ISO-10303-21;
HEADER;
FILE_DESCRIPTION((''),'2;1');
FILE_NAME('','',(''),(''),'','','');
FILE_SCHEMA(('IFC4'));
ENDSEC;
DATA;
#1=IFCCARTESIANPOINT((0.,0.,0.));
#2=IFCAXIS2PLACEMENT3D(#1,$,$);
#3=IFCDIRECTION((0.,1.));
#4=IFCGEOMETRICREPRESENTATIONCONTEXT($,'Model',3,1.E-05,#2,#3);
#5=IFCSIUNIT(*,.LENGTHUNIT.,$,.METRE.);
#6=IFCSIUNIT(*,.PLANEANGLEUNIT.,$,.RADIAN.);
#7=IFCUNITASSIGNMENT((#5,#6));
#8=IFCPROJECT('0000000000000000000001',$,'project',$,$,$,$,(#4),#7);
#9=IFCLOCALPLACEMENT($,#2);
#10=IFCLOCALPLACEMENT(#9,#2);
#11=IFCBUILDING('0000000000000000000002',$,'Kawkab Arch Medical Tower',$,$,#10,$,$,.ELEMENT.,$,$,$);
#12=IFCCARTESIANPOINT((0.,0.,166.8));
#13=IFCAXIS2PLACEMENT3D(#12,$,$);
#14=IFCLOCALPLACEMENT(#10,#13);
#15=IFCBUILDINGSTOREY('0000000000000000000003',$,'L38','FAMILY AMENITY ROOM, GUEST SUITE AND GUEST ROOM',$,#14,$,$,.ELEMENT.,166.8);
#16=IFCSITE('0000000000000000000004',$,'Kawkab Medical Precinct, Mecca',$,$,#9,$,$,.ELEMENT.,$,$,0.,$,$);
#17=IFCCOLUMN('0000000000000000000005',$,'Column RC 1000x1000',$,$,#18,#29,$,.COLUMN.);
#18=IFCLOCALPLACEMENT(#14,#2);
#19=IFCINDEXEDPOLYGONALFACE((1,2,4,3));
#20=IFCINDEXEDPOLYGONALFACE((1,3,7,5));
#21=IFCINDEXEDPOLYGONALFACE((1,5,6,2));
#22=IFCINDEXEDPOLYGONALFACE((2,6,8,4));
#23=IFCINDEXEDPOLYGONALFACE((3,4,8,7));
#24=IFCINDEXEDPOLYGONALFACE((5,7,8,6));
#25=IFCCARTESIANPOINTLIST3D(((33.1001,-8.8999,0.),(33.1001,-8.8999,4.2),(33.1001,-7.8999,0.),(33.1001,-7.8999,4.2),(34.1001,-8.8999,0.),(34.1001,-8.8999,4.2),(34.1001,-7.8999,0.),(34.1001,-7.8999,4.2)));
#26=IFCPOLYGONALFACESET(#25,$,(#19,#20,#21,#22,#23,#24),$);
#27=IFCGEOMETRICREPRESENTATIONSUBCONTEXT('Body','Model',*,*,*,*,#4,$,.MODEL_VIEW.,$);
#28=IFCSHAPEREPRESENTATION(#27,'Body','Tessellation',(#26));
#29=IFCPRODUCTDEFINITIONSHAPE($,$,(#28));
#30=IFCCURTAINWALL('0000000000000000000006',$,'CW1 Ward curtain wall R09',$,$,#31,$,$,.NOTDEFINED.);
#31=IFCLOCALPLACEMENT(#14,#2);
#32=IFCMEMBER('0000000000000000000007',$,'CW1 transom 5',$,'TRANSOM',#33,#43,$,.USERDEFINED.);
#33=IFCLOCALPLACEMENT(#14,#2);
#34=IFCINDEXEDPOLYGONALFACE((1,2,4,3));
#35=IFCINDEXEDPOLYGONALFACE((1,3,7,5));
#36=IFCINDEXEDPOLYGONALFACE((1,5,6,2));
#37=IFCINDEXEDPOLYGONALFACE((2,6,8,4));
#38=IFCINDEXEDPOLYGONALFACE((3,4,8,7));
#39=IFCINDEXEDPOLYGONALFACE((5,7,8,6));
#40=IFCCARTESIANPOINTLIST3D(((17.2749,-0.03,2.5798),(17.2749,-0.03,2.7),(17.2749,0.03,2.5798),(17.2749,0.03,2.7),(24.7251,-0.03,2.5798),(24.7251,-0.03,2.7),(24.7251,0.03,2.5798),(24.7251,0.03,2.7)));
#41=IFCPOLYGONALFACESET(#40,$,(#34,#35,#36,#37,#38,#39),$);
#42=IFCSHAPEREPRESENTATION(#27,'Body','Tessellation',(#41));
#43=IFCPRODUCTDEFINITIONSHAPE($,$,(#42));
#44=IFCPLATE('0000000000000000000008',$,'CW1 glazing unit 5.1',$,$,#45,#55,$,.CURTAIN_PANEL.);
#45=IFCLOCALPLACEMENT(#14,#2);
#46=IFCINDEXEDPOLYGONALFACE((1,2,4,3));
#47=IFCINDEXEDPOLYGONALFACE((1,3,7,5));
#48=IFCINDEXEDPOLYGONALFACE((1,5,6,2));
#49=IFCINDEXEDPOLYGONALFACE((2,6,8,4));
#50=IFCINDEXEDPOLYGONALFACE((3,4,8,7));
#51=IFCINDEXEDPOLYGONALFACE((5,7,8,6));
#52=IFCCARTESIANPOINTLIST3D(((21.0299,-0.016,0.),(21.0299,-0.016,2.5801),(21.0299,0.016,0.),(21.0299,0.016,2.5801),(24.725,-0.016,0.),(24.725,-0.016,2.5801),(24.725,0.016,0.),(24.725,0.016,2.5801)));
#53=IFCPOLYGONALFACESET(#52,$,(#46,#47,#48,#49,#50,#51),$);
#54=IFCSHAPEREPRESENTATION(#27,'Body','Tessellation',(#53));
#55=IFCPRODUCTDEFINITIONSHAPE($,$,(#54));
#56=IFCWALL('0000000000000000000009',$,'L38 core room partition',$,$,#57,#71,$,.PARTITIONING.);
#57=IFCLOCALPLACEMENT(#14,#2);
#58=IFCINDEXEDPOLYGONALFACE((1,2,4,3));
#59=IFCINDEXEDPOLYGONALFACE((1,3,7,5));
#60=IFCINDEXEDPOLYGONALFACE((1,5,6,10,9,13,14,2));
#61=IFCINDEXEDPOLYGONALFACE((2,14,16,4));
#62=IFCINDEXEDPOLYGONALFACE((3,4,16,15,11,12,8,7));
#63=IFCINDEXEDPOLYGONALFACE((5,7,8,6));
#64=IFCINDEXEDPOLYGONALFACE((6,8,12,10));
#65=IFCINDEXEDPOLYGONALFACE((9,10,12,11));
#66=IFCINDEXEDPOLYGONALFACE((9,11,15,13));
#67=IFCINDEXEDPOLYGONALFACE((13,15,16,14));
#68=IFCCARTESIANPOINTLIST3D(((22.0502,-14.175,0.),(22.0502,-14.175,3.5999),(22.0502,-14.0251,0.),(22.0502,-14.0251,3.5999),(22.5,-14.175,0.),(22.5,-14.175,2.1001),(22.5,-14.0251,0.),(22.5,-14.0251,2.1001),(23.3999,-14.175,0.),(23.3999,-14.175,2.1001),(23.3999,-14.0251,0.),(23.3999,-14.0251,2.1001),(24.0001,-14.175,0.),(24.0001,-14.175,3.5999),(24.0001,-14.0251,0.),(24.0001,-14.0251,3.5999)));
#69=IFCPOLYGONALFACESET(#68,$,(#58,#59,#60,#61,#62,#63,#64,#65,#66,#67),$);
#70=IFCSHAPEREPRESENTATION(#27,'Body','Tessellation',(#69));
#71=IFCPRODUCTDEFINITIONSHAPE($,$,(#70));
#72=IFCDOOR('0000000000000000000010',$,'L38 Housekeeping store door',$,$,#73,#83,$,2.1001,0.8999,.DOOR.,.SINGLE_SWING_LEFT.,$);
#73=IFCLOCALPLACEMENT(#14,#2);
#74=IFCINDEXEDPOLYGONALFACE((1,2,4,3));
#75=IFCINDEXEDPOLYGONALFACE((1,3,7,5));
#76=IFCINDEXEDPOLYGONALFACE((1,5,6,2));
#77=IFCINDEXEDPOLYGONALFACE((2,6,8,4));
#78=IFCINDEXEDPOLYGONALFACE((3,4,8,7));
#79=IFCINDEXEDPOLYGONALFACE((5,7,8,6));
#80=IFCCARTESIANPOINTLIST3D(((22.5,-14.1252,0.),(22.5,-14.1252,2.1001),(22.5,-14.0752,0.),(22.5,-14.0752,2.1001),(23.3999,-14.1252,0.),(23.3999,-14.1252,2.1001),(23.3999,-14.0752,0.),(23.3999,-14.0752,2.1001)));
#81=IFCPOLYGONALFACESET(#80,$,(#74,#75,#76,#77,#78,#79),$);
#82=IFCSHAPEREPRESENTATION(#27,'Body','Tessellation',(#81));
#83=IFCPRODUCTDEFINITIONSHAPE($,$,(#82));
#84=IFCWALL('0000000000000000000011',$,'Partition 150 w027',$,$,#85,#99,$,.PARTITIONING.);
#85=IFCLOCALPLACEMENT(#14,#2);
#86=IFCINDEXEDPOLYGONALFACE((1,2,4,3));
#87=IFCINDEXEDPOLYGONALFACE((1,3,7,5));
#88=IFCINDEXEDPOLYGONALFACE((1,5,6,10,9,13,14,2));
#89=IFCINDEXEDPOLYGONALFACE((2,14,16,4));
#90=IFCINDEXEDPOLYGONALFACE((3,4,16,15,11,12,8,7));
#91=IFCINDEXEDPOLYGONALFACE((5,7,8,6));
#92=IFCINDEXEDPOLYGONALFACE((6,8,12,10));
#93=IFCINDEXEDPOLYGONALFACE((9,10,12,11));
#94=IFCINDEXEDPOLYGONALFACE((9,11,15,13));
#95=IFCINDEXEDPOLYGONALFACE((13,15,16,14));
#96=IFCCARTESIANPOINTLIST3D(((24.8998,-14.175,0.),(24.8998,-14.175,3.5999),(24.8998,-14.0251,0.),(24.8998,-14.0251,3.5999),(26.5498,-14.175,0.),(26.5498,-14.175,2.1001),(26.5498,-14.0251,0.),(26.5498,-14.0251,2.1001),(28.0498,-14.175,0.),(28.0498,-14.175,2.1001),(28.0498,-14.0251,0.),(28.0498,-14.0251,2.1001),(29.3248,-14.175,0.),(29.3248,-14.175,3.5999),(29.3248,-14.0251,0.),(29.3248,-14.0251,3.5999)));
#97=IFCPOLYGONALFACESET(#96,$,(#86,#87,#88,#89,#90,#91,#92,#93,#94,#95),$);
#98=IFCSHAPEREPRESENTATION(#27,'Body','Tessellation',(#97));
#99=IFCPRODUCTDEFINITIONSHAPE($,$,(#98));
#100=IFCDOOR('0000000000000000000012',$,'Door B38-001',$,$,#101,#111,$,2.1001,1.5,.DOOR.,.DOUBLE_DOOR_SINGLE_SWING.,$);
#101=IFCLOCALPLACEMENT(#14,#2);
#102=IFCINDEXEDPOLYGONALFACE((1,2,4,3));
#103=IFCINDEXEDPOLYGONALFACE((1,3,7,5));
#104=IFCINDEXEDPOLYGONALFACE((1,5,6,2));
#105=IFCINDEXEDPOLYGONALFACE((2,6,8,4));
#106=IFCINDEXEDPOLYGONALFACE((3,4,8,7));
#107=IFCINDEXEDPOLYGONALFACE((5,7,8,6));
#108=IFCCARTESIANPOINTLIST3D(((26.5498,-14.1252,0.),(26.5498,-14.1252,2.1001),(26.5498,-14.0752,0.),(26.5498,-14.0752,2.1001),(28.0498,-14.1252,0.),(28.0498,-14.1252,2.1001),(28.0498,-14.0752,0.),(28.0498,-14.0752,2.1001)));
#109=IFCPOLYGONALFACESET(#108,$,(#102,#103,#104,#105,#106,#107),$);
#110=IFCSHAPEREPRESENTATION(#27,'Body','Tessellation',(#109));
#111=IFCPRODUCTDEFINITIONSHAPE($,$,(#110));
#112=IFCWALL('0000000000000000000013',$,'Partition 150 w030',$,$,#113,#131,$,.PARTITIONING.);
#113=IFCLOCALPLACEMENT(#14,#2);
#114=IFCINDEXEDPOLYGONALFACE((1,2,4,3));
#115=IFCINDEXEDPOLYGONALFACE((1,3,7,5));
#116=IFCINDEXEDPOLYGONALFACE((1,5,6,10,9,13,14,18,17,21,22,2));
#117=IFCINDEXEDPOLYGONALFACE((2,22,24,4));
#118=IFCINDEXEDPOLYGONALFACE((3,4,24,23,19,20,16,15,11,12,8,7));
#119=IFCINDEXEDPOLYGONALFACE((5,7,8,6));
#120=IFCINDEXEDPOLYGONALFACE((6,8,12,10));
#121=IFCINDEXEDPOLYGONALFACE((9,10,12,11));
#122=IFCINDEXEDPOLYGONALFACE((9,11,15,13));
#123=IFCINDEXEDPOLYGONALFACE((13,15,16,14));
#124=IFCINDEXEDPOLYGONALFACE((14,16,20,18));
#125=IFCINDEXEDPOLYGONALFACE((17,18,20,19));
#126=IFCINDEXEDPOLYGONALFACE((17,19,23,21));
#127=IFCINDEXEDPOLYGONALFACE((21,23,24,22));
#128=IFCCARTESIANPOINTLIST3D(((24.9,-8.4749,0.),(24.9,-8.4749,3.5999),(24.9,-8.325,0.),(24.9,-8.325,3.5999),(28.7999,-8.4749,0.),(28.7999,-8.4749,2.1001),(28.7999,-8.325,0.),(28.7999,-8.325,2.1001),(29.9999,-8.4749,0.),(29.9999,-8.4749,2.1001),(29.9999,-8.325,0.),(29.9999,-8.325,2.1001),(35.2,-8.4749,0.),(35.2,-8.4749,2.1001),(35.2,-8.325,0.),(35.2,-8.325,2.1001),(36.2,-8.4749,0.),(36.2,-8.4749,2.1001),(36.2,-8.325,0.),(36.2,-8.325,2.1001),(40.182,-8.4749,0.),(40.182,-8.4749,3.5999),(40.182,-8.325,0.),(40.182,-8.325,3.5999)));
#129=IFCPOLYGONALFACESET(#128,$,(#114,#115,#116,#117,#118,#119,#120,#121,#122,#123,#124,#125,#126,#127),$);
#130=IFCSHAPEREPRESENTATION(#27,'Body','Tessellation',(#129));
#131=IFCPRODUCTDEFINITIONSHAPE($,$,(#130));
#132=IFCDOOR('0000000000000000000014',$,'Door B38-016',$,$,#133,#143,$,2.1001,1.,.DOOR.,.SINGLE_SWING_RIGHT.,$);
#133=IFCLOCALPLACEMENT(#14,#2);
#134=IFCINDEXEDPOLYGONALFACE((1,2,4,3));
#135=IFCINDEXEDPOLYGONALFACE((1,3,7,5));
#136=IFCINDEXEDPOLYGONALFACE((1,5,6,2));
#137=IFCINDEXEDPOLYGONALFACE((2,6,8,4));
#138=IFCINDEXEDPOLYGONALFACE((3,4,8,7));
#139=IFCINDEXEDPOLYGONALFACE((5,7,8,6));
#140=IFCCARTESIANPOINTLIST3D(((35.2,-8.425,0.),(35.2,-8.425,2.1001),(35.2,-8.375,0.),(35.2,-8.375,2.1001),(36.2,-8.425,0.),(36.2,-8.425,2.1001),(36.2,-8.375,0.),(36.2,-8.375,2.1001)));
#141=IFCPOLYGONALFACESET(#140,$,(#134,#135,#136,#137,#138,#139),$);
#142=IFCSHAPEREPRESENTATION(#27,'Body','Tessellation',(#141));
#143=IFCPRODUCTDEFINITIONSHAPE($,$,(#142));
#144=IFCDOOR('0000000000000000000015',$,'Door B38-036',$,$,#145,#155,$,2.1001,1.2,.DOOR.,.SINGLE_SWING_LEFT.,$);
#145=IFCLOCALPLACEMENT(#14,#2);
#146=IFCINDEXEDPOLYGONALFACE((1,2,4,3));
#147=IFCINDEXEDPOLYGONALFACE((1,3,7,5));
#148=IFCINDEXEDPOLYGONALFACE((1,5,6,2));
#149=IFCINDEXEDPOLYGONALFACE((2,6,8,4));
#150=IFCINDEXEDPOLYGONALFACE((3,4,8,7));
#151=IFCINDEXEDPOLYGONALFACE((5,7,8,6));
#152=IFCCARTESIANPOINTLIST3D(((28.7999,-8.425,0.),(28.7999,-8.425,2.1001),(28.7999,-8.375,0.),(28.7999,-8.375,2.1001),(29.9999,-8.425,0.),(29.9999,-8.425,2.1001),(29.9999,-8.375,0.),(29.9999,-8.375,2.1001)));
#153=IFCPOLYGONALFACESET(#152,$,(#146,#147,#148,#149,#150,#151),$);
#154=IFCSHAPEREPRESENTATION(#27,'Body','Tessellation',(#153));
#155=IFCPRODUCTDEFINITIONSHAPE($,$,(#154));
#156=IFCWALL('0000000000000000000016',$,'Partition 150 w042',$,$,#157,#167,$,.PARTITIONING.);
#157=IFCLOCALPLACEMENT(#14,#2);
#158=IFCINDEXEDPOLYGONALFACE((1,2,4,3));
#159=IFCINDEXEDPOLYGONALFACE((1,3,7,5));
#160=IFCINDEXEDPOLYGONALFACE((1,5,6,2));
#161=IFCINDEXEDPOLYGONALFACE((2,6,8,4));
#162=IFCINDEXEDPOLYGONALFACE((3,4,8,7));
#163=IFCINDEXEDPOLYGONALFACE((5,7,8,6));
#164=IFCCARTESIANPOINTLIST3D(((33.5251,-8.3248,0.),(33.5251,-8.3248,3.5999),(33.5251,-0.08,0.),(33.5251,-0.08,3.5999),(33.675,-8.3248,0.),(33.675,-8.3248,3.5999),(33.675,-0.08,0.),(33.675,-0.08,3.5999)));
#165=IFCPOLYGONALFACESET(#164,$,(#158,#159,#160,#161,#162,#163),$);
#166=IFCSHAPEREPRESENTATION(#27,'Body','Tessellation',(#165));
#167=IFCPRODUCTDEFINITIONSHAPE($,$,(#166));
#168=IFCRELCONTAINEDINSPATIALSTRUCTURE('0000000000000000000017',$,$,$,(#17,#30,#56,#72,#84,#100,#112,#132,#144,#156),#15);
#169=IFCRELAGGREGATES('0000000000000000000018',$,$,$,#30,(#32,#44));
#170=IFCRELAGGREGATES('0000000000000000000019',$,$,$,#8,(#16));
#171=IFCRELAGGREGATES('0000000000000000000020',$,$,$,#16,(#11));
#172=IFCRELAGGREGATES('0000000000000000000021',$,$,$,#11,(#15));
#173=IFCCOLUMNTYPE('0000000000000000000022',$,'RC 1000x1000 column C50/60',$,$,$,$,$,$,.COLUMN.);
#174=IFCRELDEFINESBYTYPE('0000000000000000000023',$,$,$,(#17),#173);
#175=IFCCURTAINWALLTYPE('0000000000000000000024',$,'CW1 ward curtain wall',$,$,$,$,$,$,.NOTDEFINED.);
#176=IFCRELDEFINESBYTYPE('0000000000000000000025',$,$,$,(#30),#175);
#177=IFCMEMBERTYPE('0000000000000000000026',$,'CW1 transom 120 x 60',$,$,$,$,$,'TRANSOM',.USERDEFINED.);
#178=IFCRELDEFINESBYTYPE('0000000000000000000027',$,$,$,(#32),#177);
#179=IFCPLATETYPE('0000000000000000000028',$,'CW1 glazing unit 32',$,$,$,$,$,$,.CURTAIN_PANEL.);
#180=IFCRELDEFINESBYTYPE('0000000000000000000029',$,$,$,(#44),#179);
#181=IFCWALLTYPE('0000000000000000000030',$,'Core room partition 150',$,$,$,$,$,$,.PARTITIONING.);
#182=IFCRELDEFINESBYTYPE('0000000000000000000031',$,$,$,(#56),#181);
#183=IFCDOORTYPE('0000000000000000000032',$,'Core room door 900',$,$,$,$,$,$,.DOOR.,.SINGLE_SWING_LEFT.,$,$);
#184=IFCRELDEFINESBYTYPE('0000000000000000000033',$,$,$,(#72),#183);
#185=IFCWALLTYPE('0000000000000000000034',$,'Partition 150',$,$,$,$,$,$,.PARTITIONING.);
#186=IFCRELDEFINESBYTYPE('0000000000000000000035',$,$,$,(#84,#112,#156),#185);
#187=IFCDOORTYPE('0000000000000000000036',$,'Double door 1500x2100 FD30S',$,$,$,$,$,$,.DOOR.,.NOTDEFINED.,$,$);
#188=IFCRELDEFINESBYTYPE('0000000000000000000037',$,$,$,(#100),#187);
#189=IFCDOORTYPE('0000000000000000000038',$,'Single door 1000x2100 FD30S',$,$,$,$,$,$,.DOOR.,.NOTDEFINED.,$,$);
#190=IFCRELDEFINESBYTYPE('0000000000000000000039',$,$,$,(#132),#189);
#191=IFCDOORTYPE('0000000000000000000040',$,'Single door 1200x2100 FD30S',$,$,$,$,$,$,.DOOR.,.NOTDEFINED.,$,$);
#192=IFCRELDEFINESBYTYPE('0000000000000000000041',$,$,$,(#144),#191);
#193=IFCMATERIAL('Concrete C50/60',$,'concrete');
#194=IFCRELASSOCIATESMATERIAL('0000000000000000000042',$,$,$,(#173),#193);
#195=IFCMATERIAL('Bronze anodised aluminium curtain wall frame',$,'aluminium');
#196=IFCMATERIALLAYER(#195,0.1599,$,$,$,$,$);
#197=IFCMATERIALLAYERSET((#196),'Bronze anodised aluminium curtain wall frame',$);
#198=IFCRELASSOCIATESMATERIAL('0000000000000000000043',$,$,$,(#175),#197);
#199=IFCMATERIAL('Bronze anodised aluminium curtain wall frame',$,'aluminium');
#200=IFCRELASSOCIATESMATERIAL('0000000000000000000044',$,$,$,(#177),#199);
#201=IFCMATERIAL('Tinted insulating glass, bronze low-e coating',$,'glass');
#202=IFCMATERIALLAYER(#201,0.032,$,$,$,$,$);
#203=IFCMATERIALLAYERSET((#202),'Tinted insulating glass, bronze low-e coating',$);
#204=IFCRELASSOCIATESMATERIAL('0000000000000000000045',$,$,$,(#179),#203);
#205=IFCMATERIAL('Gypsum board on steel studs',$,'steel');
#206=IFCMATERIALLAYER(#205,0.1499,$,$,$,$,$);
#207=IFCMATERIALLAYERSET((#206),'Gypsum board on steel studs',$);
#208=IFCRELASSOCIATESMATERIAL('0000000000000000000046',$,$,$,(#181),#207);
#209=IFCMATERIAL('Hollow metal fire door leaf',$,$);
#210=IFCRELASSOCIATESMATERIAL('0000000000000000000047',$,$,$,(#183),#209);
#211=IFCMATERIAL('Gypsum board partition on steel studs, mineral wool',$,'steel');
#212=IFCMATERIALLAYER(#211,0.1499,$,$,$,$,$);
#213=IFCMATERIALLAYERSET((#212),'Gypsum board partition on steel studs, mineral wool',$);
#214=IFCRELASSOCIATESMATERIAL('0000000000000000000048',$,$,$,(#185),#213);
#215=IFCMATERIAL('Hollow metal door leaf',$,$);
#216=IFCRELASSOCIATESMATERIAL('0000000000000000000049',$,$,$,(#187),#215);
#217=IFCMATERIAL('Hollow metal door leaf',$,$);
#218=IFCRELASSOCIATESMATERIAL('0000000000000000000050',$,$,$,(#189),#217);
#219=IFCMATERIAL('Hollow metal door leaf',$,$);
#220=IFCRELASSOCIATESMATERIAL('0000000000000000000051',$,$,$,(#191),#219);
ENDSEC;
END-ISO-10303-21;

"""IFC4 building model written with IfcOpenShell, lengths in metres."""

from ifc_helpers import new_model, si_unit, direction, frame, frame_2d, origin, origin_2d, place, context, subcontext, project, spatial, rectangle, extrude, material, layer, layer_set, material_profile, profile_set, type_object, element, fill, aggregate, save


model = new_model("IFC4")

# Units and contexts
model_context = context("Model", 3, precision=1e-05, world=origin(), true_north=direction((0.0, 1.0)))
body_context = subcontext(model_context, "Body", "Model", "MODEL_VIEW")
ifc_project = project(units=[si_unit("LENGTHUNIT", "METRE"), si_unit("PLANEANGLEUNIT", "RADIAN")], contexts=[model_context])

# Site, building, storey
site_placement = place(None, origin())
site = spatial("IfcSite", under=ifc_project, at=site_placement, Name="Kawkab Medical Precinct, Mecca", CompositionType="ELEMENT", RefElevation=0.0)
building_placement = place(site_placement, origin())
building = spatial("IfcBuilding", under=site, at=building_placement, Name="Kawkab Arch Medical Tower", CompositionType="ELEMENT")
storey_placement = place(building_placement, frame((0.0, 0.0, 166.8)))
storey = spatial("IfcBuildingStorey", under=building, at=storey_placement, Name="L38", Description="FAMILY AMENITY ROOM, GUEST SUITE AND GUEST ROOM", CompositionType="ELEMENT", Elevation=166.8)

# Column
ifc_material_1 = material(Name="Concrete C50/60", Category="concrete")
ifc_material_profile_1 = material_profile(ifc_material_1, rectangle(XDim=1.0, YDim=1.0, at=origin_2d()), Name="RC 1000x1000")
ifc_profile_set_1 = profile_set([ifc_material_profile_1], Name="Concrete C50/60")
column_type = type_object("IfcColumnType", Name="RC 1000x1000 column C50/60", PredefinedType="COLUMN", material=ifc_profile_set_1)
column_placement = place(storey_placement, frame((33.6001, -8.3999, 0.0), z_axis=(0.0, 0.0, 1.0), x_axis=(1.0, 0.0, 0.0)))
element("IfcColumn", 1, at=column_placement, inside=storey, type_object=column_type, Name="Column RC 1000x1000", PredefinedType="COLUMN", context=body_context, shape_type="SweptSolid", body=[
    extrude(rectangle(XDim=1.0, YDim=1.0, at=origin_2d()), origin(), (0.0, 0.0, 1.0), 4.2),
])

# Curtain wall, member, plate
ifc_material_2 = material(Name="Bronze anodised aluminium curtain wall frame", Category="aluminium")
ifc_layer_1 = layer(ifc_material_2, 0.1599)
ifc_layer_set_1 = layer_set([ifc_layer_1], Name="Bronze anodised aluminium curtain wall frame")
curtain_wall_type = type_object("IfcCurtainWallType", Name="CW1 ward curtain wall", PredefinedType="NOTDEFINED", material=ifc_layer_set_1)
placement = place(storey_placement, origin())
curtain_wall = element("IfcCurtainWall", 2, at=placement, inside=storey, type_object=curtain_wall_type, Name="CW1 Ward curtain wall R09", PredefinedType="NOTDEFINED")
ifc_material_3 = material(Name="Bronze anodised aluminium curtain wall frame", Category="aluminium")
ifc_material_profile_2 = material_profile(ifc_material_3, rectangle(XDim=0.0601, YDim=0.1201, at=origin_2d()), Name="AL 60x120")
ifc_profile_set_2 = profile_set([ifc_material_profile_2], Name="Bronze anodised aluminium curtain wall frame")
member_type = type_object("IfcMemberType", Name="CW1 transom 120 x 60", ElementType="TRANSOM", PredefinedType="USERDEFINED", material=ifc_profile_set_2)
member_placement = place(storey_placement, frame((24.7251, 0.0, 2.6399), z_axis=(-1.0, 0.0, 0.0), x_axis=(0.0, -1.0, 0.0)))
member = element("IfcMember", 3, at=member_placement, type_object=member_type, Name="CW1 transom 5", ObjectType="TRANSOM", PredefinedType="USERDEFINED", context=body_context, shape_type="SweptSolid", body=[
    extrude(rectangle(XDim=0.0601, YDim=0.1201, at=origin_2d()), origin(), (0.0, 0.0, 1.0), 7.4502),
])
ifc_material_4 = material(Name="Tinted insulating glass, bronze low-e coating", Category="glass")
ifc_layer_2 = layer(ifc_material_4, 0.032)
ifc_layer_set_2 = layer_set([ifc_layer_2], Name="Tinted insulating glass, bronze low-e coating")
plate_type = type_object("IfcPlateType", Name="CW1 glazing unit 32", PredefinedType="CURTAIN_PANEL", material=ifc_layer_set_2)
plate_placement = place(storey_placement, frame((22.8774, 0.0, 0.0), z_axis=(0.0, 0.0, 1.0), x_axis=(-1.0, 0.0, 0.0)))
plate = element("IfcPlate", 4, at=plate_placement, type_object=plate_type, Name="CW1 glazing unit 5.1", PredefinedType="CURTAIN_PANEL", context=body_context, shape_type="SweptSolid", body=[
    extrude(rectangle(XDim=3.6951, YDim=0.032, at=origin_2d()), origin(), (0.0, 0.0, 1.0), 2.5801),
])
aggregate(curtain_wall, [member, plate])

# Walls, openings, doors
ifc_material_5 = material(Name="Gypsum board on steel studs", Category="steel")
ifc_layer_3 = layer(ifc_material_5, 0.1499)
ifc_layer_set_3 = layer_set([ifc_layer_3], Name="Gypsum board on steel studs")
wall_type_1 = type_object("IfcWallType", Name="Core room partition 150", PredefinedType="PARTITIONING", material=ifc_layer_set_3)
wall_1_placement = place(storey_placement, frame((22.05, -14.1001, 0.0), z_axis=(0.0, 0.0, 1.0), x_axis=(1.0, 0.0, 0.0)))
wall_1 = element("IfcWall", 5, at=wall_1_placement, inside=storey, type_object=wall_type_1, Name="L38 core room partition", PredefinedType="PARTITIONING", context=body_context, shape_type="SweptSolid", body=[
    extrude(rectangle(XDim=1.95, YDim=0.1499, at=frame_2d((0.9751, 0.0))), origin(), (0.0, 0.0, 1.0), 3.5999),
])
opening_1_placement = place(wall_1_placement, frame((0.45, 0.0, 0.0)))
opening_1 = element("IfcOpeningElement", 6, at=opening_1_placement, cuts=wall_1, PredefinedType="OPENING", context=body_context, shape_type="SweptSolid", body=[
    extrude(rectangle(XDim=0.8999, YDim=2.1001, at=frame_2d((0.45, 1.05))), frame((0.0, 0.085, 0.0), z_axis=(0.0, -1.0, 0.0), x_axis=(1.0, 0.0, 0.0)), (0.0, 0.0, 1.0), 0.1699),
])
ifc_material_6 = material(Name="Hollow metal fire door leaf")
door_type_1 = type_object("IfcDoorType", Name="Core room door 900", OperationType="SINGLE_SWING_LEFT", PredefinedType="DOOR", material=ifc_material_6)
door_1_placement = place(opening_1_placement, origin())
door_1 = element("IfcDoor", 7, at=door_1_placement, inside=storey, type_object=door_type_1, Name="L38 Housekeeping store door", OperationType="SINGLE_SWING_LEFT", OverallHeight=2.1001, OverallWidth=0.8999, PredefinedType="DOOR", context=body_context, shape_type="SweptSolid", body=[
    extrude(rectangle(XDim=0.8999, YDim=2.1001, at=frame_2d((0.45, 1.05))), frame((0.0, 0.0249, 0.0), z_axis=(0.0, -1.0, 0.0), x_axis=(1.0, 0.0, 0.0)), (0.0, 0.0, 1.0), 0.05),
])
fill(opening_1, door_1)
ifc_material_7 = material(Name="Gypsum board partition on steel studs, mineral wool", Category="steel")
ifc_layer_4 = layer(ifc_material_7, 0.1499)
ifc_layer_set_4 = layer_set([ifc_layer_4], Name="Gypsum board partition on steel studs, mineral wool")
wall_type_2 = type_object("IfcWallType", Name="Partition 150", PredefinedType="PARTITIONING", material=ifc_layer_set_4)
wall_2_placement = place(storey_placement, frame((24.8999, -14.1001, 0.0), z_axis=(0.0, 0.0, 1.0), x_axis=(1.0, 0.0, 0.0)))
wall_2 = element("IfcWall", 8, at=wall_2_placement, inside=storey, type_object=wall_type_2, Name="Partition 150 w027", PredefinedType="PARTITIONING", context=body_context, shape_type="SweptSolid", body=[
    extrude(rectangle(XDim=4.425, YDim=0.1499, at=frame_2d((2.2124, 0.0))), origin(), (0.0, 0.0, 1.0), 3.5999),
])
opening_2_placement = place(wall_2_placement, frame((1.6499, 0.0, 0.0)))
opening_2 = element("IfcOpeningElement", 9, at=opening_2_placement, cuts=wall_2, PredefinedType="OPENING", context=body_context, shape_type="SweptSolid", body=[
    extrude(rectangle(XDim=1.5, YDim=2.1001, at=frame_2d((0.75, 1.05))), frame((0.0, 0.085, 0.0), z_axis=(0.0, -1.0, 0.0), x_axis=(1.0, 0.0, 0.0)), (0.0, 0.0, 1.0), 0.1699),
])
ifc_material_8 = material(Name="Hollow metal door leaf")
door_type_2 = type_object("IfcDoorType", Name="Double door 1500x2100 FD30S", OperationType="NOTDEFINED", PredefinedType="DOOR", material=ifc_material_8)
door_2_placement = place(opening_2_placement, origin())
door_2 = element("IfcDoor", 10, at=door_2_placement, inside=storey, type_object=door_type_2, Name="Door B38-001", OperationType="DOUBLE_DOOR_SINGLE_SWING", OverallHeight=2.1001, OverallWidth=1.5, PredefinedType="DOOR", context=body_context, shape_type="SweptSolid", body=[
    extrude(rectangle(XDim=1.5, YDim=2.1001, at=frame_2d((0.75, 1.05))), frame((0.0, 0.0249, 0.0), z_axis=(0.0, -1.0, 0.0), x_axis=(1.0, 0.0, 0.0)), (0.0, 0.0, 1.0), 0.05),
])
fill(opening_2, door_2)

# Wall, openings, doors
ifc_material_9 = material(Name="Hollow metal door leaf")
door_type_3 = type_object("IfcDoorType", Name="Single door 1000x2100 FD30S", OperationType="NOTDEFINED", PredefinedType="DOOR", material=ifc_material_9)
wall_3_placement = place(storey_placement, frame((24.8999, -8.3999, 0.0), z_axis=(0.0, 0.0, 1.0), x_axis=(1.0, 0.0, 0.0)))
wall_3 = element("IfcWall", 11, at=wall_3_placement, inside=storey, type_object=wall_type_2, Name="Partition 150 w030", PredefinedType="PARTITIONING", context=body_context, shape_type="SweptSolid", body=[
    extrude(rectangle(XDim=15.282, YDim=0.1499, at=frame_2d((7.6411, 0.0))), origin(), (0.0, 0.0, 1.0), 3.5999),
])
opening_3_placement = place(wall_3_placement, frame((3.8999, 0.0, 0.0)))
opening_3 = element("IfcOpeningElement", 12, at=opening_3_placement, cuts=wall_3, PredefinedType="OPENING", context=body_context, shape_type="SweptSolid", body=[
    extrude(rectangle(XDim=1.2, YDim=2.1001, at=frame_2d((0.6001, 1.05))), frame((0.0, 0.085, 0.0), z_axis=(0.0, -1.0, 0.0), x_axis=(1.0, 0.0, 0.0)), (0.0, 0.0, 1.0), 0.1699),
])
opening_4_placement = place(wall_3_placement, frame((10.3, 0.0, 0.0)))
opening_4 = element("IfcOpeningElement", 13, at=opening_4_placement, cuts=wall_3, PredefinedType="OPENING", context=body_context, shape_type="SweptSolid", body=[
    extrude(rectangle(XDim=1.0, YDim=2.1001, at=frame_2d((0.5, 1.05))), frame((0.0, 0.085, 0.0), z_axis=(0.0, -1.0, 0.0), x_axis=(1.0, 0.0, 0.0)), (0.0, 0.0, 1.0), 0.1699),
])
door_3_placement = place(opening_4_placement, origin())
door_3 = element("IfcDoor", 14, at=door_3_placement, inside=storey, type_object=door_type_3, Name="Door B38-016", OperationType="SINGLE_SWING_RIGHT", OverallHeight=2.1001, OverallWidth=1.0, PredefinedType="DOOR", context=body_context, shape_type="SweptSolid", body=[
    extrude(rectangle(XDim=1.0, YDim=2.1001, at=frame_2d((0.5, 1.05))), frame((0.0, 0.0249, 0.0), z_axis=(0.0, -1.0, 0.0), x_axis=(1.0, 0.0, 0.0)), (0.0, 0.0, 1.0), 0.05),
])
fill(opening_4, door_3)
ifc_material_10 = material(Name="Hollow metal door leaf")
door_type_4 = type_object("IfcDoorType", Name="Single door 1200x2100 FD30S", OperationType="NOTDEFINED", PredefinedType="DOOR", material=ifc_material_10)
door_4_placement = place(opening_3_placement, origin())
door_4 = element("IfcDoor", 15, at=door_4_placement, inside=storey, type_object=door_type_4, Name="Door B38-036", OperationType="SINGLE_SWING_LEFT", OverallHeight=2.1001, OverallWidth=1.2, PredefinedType="DOOR", context=body_context, shape_type="SweptSolid", body=[
    extrude(rectangle(XDim=1.2, YDim=2.1001, at=frame_2d((0.6001, 1.05))), frame((0.0, 0.0249, 0.0), z_axis=(0.0, -1.0, 0.0), x_axis=(1.0, 0.0, 0.0)), (0.0, 0.0, 1.0), 0.05),
])
fill(opening_3, door_4)

# Wall
wall_4_placement = place(storey_placement, frame((33.6001, -8.325, 0.0), z_axis=(0.0, 0.0, 1.0), x_axis=(0.0, 1.0, 0.0)))
element("IfcWall", 16, at=wall_4_placement, inside=storey, type_object=wall_type_2, Name="Partition 150 w042", PredefinedType="PARTITIONING", context=body_context, shape_type="SweptSolid", body=[
    extrude(rectangle(XDim=8.2449, YDim=0.1499, at=frame_2d((4.1226, 0.0))), origin(), (0.0, 0.0, 1.0), 3.5999),
])

save(model, "model.ifc")
